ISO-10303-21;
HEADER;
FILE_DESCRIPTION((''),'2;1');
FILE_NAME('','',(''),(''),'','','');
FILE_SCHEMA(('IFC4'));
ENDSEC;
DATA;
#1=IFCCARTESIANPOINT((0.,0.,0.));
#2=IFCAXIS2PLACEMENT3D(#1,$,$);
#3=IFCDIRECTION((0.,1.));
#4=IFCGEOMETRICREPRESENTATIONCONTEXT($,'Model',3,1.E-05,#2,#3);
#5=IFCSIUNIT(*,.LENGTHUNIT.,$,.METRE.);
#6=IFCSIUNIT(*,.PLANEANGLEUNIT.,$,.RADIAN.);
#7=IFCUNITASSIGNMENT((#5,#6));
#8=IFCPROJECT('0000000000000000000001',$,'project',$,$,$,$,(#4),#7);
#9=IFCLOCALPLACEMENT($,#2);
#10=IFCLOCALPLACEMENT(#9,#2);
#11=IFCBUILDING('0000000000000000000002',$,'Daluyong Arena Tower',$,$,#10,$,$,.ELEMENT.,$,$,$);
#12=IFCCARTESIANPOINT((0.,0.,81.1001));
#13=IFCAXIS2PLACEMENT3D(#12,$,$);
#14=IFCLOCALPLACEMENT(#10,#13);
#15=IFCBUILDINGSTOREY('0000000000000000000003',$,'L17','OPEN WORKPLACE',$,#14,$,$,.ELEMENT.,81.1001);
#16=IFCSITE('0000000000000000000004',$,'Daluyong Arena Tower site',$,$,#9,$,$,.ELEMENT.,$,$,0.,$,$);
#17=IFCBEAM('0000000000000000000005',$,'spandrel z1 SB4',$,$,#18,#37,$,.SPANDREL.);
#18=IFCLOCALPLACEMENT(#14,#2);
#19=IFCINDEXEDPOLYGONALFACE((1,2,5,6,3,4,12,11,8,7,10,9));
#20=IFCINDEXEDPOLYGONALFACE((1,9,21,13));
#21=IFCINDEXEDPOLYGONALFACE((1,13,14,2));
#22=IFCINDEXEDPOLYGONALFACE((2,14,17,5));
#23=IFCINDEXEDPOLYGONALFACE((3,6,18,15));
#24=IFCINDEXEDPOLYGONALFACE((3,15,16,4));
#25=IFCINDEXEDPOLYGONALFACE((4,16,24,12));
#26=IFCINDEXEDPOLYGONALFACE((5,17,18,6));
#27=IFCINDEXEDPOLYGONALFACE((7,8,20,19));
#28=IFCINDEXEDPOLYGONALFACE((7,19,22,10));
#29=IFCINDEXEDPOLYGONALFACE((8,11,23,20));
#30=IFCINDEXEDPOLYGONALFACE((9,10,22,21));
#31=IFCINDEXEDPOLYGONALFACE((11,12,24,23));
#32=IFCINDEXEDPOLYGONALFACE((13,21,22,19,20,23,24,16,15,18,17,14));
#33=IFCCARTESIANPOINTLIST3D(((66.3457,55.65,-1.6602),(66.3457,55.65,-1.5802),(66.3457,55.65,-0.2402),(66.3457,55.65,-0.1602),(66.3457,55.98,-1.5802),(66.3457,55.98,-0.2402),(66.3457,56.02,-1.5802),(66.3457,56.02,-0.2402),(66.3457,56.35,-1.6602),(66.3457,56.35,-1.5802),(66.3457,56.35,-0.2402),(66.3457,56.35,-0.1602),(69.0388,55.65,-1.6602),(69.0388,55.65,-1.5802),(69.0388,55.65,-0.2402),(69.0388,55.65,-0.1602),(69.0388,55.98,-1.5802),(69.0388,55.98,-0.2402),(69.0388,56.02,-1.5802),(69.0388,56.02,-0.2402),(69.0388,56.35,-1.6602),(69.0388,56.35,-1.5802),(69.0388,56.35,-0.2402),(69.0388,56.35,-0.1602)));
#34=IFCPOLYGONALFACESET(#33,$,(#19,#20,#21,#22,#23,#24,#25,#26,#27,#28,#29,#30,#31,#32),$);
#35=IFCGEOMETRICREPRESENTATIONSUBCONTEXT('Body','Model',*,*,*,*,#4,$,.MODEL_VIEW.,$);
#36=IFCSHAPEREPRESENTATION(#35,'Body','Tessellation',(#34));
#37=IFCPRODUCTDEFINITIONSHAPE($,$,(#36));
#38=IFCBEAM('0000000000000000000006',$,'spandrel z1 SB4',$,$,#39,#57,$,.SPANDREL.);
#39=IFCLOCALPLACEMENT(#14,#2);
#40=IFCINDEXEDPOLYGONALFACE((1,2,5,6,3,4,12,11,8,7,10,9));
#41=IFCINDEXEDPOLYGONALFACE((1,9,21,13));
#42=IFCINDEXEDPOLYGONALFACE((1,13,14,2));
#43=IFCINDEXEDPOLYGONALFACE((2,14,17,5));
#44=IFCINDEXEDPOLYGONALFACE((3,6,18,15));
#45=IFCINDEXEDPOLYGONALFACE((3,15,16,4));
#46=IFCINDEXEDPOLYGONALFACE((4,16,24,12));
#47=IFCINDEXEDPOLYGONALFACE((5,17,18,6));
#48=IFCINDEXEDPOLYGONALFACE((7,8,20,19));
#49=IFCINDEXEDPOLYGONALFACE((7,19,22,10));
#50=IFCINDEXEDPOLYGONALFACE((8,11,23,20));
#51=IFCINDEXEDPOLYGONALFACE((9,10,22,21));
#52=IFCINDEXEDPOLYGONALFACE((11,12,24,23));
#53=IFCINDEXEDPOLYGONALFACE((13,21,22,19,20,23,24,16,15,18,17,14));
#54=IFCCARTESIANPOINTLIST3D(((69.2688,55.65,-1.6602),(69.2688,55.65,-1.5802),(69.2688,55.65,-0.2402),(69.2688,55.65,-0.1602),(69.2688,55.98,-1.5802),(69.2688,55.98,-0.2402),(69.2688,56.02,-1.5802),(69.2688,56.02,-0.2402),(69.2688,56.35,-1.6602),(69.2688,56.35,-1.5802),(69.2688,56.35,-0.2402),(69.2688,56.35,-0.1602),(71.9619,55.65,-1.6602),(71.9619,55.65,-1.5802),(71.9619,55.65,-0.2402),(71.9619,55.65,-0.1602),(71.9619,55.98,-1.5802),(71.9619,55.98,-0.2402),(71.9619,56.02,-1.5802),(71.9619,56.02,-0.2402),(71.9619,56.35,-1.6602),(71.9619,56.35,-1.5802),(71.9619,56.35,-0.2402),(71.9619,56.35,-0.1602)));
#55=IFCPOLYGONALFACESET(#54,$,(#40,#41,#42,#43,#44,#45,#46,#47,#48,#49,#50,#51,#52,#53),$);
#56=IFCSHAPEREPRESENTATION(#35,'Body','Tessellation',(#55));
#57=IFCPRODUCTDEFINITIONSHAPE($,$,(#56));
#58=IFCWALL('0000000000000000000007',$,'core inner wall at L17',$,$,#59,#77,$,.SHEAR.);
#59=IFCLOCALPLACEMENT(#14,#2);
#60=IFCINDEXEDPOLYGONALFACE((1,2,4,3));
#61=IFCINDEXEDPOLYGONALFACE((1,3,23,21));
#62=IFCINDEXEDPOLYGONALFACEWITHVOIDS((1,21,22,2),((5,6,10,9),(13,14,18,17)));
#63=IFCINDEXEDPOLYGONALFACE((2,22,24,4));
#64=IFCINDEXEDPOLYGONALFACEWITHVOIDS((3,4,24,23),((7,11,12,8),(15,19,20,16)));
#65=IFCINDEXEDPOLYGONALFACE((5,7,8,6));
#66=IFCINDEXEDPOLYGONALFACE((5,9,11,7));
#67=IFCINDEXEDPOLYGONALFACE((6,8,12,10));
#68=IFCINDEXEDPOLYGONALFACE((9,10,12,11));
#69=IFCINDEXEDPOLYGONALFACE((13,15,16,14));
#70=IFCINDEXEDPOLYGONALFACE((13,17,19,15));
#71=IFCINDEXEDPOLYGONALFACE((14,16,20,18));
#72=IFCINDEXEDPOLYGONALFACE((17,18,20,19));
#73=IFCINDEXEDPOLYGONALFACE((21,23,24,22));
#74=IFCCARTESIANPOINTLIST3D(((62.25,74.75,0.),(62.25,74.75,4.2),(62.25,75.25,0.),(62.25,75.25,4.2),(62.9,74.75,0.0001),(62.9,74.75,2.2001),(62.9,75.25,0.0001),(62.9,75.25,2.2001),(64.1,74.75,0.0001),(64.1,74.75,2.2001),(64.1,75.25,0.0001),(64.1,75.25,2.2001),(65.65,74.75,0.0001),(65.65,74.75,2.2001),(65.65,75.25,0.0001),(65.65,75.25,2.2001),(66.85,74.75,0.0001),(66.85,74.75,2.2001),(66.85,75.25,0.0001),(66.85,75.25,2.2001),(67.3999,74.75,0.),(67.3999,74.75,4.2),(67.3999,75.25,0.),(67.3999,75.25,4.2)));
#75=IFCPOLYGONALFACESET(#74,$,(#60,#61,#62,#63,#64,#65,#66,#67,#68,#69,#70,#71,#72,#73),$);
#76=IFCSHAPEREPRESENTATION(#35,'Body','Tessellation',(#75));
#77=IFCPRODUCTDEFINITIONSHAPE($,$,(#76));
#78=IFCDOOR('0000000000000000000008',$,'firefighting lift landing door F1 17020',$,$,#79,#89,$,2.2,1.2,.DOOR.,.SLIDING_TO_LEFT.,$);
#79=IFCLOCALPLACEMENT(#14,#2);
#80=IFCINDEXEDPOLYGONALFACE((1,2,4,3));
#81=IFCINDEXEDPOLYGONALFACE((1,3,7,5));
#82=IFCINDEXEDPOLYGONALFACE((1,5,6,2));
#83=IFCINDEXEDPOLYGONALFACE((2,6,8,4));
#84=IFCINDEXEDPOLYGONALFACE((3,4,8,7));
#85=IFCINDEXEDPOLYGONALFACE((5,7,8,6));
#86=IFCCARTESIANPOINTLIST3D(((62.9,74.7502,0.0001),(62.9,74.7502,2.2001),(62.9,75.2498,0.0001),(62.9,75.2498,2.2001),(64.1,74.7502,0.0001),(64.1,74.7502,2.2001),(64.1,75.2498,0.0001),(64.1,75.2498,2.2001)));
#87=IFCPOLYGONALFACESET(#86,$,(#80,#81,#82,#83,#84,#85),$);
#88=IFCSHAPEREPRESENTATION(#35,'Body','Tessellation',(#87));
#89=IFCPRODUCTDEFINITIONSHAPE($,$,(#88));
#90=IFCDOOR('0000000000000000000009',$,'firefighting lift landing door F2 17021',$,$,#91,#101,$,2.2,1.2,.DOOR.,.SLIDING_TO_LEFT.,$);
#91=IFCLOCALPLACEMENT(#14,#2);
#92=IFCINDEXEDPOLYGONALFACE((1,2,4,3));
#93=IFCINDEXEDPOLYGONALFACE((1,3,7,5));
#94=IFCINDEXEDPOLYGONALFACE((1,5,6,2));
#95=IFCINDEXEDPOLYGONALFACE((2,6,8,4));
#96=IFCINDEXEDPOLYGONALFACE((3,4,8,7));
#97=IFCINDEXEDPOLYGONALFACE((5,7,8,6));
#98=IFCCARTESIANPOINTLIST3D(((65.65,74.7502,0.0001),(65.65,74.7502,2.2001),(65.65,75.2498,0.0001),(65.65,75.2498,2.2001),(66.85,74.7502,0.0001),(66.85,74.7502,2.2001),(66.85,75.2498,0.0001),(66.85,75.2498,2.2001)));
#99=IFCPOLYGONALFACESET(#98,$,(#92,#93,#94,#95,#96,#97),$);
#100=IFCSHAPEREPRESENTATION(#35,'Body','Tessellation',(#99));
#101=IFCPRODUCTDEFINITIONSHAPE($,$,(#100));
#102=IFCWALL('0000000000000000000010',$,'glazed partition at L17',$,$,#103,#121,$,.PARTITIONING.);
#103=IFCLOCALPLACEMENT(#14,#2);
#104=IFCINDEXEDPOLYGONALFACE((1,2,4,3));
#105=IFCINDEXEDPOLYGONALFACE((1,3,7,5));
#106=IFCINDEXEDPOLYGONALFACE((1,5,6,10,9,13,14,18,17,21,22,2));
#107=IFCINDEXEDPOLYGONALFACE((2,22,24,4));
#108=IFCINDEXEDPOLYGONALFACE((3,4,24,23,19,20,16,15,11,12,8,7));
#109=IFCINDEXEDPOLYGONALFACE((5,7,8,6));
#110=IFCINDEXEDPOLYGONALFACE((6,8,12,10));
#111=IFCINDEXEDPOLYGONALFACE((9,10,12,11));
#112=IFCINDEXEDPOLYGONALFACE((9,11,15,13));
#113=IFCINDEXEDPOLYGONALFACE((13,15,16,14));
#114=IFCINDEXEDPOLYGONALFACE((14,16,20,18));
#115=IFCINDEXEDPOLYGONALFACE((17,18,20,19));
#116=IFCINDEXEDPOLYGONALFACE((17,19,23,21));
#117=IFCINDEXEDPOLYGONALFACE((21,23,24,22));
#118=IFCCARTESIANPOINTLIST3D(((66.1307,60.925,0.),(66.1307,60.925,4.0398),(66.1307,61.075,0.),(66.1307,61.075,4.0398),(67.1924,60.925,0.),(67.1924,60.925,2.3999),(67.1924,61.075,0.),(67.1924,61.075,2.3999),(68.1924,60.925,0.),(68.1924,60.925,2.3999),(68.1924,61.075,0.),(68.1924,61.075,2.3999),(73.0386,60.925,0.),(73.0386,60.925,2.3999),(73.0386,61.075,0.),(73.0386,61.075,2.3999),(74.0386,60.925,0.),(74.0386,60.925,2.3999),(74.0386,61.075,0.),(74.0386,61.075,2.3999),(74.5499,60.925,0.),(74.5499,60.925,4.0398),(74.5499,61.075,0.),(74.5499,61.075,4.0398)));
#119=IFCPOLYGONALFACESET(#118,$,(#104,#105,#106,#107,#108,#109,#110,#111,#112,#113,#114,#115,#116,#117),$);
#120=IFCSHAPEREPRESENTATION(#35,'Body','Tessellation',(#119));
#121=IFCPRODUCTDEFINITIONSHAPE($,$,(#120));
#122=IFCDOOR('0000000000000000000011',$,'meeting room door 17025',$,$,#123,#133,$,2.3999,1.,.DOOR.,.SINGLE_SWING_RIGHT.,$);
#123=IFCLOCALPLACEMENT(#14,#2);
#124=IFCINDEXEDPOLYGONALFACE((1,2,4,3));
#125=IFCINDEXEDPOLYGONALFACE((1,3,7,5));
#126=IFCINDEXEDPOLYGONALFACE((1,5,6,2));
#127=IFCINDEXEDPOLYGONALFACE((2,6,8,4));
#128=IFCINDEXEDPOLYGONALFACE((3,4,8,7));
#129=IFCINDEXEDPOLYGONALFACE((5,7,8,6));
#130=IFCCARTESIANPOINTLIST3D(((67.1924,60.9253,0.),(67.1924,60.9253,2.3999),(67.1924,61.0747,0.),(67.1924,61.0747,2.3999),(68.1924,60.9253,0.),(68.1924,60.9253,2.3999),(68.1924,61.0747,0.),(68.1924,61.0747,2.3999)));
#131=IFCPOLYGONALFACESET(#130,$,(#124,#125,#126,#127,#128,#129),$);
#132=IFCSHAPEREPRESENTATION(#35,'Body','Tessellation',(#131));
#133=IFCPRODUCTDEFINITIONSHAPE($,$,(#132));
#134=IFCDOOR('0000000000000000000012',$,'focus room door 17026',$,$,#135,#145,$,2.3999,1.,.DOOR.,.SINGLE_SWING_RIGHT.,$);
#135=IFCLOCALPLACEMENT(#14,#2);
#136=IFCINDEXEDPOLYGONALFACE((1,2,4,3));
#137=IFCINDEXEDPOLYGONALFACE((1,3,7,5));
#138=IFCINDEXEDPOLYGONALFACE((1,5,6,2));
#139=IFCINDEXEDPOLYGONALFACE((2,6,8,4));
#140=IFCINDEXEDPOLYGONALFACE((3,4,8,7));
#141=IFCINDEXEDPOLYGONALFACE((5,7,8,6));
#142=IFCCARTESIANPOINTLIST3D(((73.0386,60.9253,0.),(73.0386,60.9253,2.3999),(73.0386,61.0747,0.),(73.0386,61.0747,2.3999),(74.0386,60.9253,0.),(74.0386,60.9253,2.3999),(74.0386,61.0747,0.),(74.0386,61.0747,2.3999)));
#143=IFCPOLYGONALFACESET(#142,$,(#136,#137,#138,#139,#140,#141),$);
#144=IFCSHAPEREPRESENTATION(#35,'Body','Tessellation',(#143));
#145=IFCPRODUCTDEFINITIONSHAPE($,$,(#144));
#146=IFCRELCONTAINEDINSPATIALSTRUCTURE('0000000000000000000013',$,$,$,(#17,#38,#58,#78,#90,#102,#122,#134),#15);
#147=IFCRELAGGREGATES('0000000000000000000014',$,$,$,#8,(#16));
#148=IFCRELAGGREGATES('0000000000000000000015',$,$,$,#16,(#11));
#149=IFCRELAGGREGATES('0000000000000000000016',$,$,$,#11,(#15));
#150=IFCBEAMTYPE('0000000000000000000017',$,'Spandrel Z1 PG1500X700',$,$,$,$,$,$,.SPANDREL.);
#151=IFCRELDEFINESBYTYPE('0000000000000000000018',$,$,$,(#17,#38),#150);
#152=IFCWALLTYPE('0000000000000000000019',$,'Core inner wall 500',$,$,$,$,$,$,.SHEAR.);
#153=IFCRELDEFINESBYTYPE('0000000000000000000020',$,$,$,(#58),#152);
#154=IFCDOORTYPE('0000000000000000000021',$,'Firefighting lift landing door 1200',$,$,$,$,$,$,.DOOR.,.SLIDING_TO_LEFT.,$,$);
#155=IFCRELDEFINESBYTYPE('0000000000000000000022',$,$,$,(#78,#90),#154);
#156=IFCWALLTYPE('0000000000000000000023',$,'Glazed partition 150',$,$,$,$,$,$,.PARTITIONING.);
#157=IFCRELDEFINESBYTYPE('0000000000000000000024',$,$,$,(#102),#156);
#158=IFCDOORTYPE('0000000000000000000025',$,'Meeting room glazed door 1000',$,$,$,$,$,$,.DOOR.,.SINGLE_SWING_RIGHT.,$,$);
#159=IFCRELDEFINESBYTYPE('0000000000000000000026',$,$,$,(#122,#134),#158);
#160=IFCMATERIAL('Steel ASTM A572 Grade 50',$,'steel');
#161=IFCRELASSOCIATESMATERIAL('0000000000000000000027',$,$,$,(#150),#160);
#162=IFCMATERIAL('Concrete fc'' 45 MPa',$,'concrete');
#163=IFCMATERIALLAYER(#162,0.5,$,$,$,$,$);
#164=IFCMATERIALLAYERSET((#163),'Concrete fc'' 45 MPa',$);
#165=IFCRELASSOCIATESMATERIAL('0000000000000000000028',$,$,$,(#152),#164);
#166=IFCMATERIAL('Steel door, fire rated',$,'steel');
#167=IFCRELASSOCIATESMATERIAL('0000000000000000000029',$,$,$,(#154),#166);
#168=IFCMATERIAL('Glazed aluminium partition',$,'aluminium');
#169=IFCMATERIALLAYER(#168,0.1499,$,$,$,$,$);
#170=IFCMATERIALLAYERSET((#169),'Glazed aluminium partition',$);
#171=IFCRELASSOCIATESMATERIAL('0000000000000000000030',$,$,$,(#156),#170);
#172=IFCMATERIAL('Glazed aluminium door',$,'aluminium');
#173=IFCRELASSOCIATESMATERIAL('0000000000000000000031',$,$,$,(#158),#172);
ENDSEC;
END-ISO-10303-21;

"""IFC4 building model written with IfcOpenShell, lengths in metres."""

from ifc_helpers import new_model, si_unit, direction, frame, frame_2d, origin, origin_2d, place, context, subcontext, project, spatial, rectangle, i_section, extrude, material, layer, layer_set, material_profile, profile_set, type_object, element, fill, save


model = new_model("IFC4")

# Units and contexts
model_context = context("Model", 3, precision=1e-05, world=origin(), true_north=direction((0.0, 1.0)))
body_context = subcontext(model_context, "Body", "Model", "MODEL_VIEW")
ifc_project = project(units=[si_unit("LENGTHUNIT", "METRE"), si_unit("PLANEANGLEUNIT", "RADIAN")], contexts=[model_context])

# Site, building, storey
site_placement = place(None, origin())
site = spatial("IfcSite", under=ifc_project, at=site_placement, Name="Daluyong Arena Tower site", CompositionType="ELEMENT", RefElevation=0.0)
building_placement = place(site_placement, origin())
building = spatial("IfcBuilding", under=site, at=building_placement, Name="Daluyong Arena Tower", CompositionType="ELEMENT")
storey_placement = place(building_placement, frame((0.0, 0.0, 81.1001)))
storey = spatial("IfcBuildingStorey", under=building, at=storey_placement, Name="L17", Description="OPEN WORKPLACE", CompositionType="ELEMENT", Elevation=81.1001)

# Beams
ifc_material_1 = material(Name="Steel ASTM A572 Grade 50", Category="steel")
ifc_material_profile_1 = material_profile(ifc_material_1, i_section(OverallWidth=0.7, OverallDepth=1.5, WebThickness=0.04, FlangeThickness=0.08, at=origin_2d()))
ifc_profile_set_1 = profile_set([ifc_material_profile_1], Name="Steel ASTM A572 Grade 50")
beam_type_1 = type_object("IfcBeamType", Name="Spandrel Z1 PG1500X700", PredefinedType="SPANDREL", material=ifc_profile_set_1)
for number, where, z_axis, x_axis, name in (
    (1, (66.3457, 56.0, -0.9102), (1.0, 0.0, 0.0), (0.0, 1.0, 0.0), "spandrel z1 SB4"),
    (2, (69.2688, 56.0, -0.9102), (1.0, 0.0, 0.0), (0.0, 1.0, 0.0), "spandrel z1 SB4"),
):
    element("IfcBeam", number, at=place(storey_placement, frame(where, z_axis=z_axis, x_axis=x_axis)), inside=storey, type_object=beam_type_1, Name=name, PredefinedType="SPANDREL", context=body_context, shape_type="SweptSolid", body=[
        extrude(i_section(OverallWidth=0.7, OverallDepth=1.5, WebThickness=0.04, FlangeThickness=0.08, at=origin_2d()), origin(), (0.0, 0.0, 1.0), 2.6931),
    ])

# Shared definitions
ifc_material_2 = material(Name="Concrete fc' 45 MPa", Category="concrete")
ifc_layer_1 = layer(ifc_material_2, 0.5)
ifc_layer_set_1 = layer_set([ifc_layer_1], Name="Concrete fc' 45 MPa")
wall_type_1 = type_object("IfcWallType", Name="Core inner wall 500", PredefinedType="SHEAR", material=ifc_layer_set_1)

# Wall, openings, doors
wall_1_placement = place(storey_placement, frame((62.25, 75.0, 0.0), z_axis=(0.0, 0.0, 1.0), x_axis=(1.0, 0.0, 0.0)))
wall_1 = element("IfcWall", 3, at=wall_1_placement, inside=storey, type_object=wall_type_1, Name="core inner wall at L17", PredefinedType="SHEAR", context=body_context, shape_type="SweptSolid", body=[
    extrude(rectangle(XDim=5.1499, YDim=0.5, at=frame_2d((2.575, 0.0))), origin(), (0.0, 0.0, 1.0), 4.2),
])
opening_1_placement = place(wall_1_placement, frame((0.6499, 0.0, 0.0)))
opening_1 = element("IfcOpeningElement", 4, at=opening_1_placement, cuts=wall_1, PredefinedType="OPENING", context=body_context, shape_type="SweptSolid", body=[
    extrude(rectangle(XDim=1.2, YDim=2.2, at=frame_2d((0.6001, 1.1001))), frame((0.0, 0.26, 0.0), z_axis=(0.0, -1.0, 0.0), x_axis=(1.0, 0.0, 0.0)), (0.0, 0.0, 1.0), 0.52),
])
opening_2_placement = place(wall_1_placement, frame((3.3999, 0.0, 0.0)))
opening_2 = element("IfcOpeningElement", 5, at=opening_2_placement, cuts=wall_1, PredefinedType="OPENING", context=body_context, shape_type="SweptSolid", body=[
    extrude(rectangle(XDim=1.2, YDim=2.2, at=frame_2d((0.6001, 1.1001))), frame((0.0, 0.26, 0.0), z_axis=(0.0, -1.0, 0.0), x_axis=(1.0, 0.0, 0.0)), (0.0, 0.0, 1.0), 0.52),
])
ifc_material_3 = material(Name="Steel door, fire rated", Category="steel")
door_type_1 = type_object("IfcDoorType", Name="Firefighting lift landing door 1200", OperationType="SLIDING_TO_LEFT", PredefinedType="DOOR", material=ifc_material_3)
door_1_placement = place(opening_1_placement, origin())
door_1 = element("IfcDoor", 6, at=door_1_placement, inside=storey, type_object=door_type_1, Name="firefighting lift landing door F1 17020", OperationType="SLIDING_TO_LEFT", OverallHeight=2.2, OverallWidth=1.2, PredefinedType="DOOR", context=body_context, shape_type="SweptSolid", body=[
    extrude(rectangle(XDim=1.2, YDim=2.2, at=frame_2d((0.6001, 1.1001))), frame((0.0, 0.2498, 0.0), z_axis=(0.0, -1.0, 0.0), x_axis=(1.0, 0.0, 0.0)), (0.0, 0.0, 1.0), 0.4995),
])
fill(opening_1, door_1)
door_2_placement = place(opening_2_placement, origin())
door_2 = element("IfcDoor", 7, at=door_2_placement, inside=storey, type_object=door_type_1, Name="firefighting lift landing door F2 17021", OperationType="SLIDING_TO_LEFT", OverallHeight=2.2, OverallWidth=1.2, PredefinedType="DOOR", context=body_context, shape_type="SweptSolid", body=[
    extrude(rectangle(XDim=1.2, YDim=2.2, at=frame_2d((0.6001, 1.1001))), frame((0.0, 0.2498, 0.0), z_axis=(0.0, -1.0, 0.0), x_axis=(1.0, 0.0, 0.0)), (0.0, 0.0, 1.0), 0.4995),
])
fill(opening_2, door_2)

# Wall, openings, doors
ifc_material_4 = material(Name="Glazed aluminium partition", Category="aluminium")
ifc_layer_2 = layer(ifc_material_4, 0.1499)
ifc_layer_set_2 = layer_set([ifc_layer_2], Name="Glazed aluminium partition")
wall_type_2 = type_object("IfcWallType", Name="Glazed partition 150", PredefinedType="PARTITIONING", material=ifc_layer_set_2)
wall_2_placement = place(storey_placement, frame((66.1309, 61.0, 0.0), z_axis=(0.0, 0.0, 1.0), x_axis=(1.0, 0.0, 0.0)))
wall_2 = element("IfcWall", 8, at=wall_2_placement, inside=storey, type_object=wall_type_2, Name="glazed partition at L17", PredefinedType="PARTITIONING", context=body_context, shape_type="SweptSolid", body=[
    extrude(rectangle(XDim=8.4192, YDim=0.1499, at=frame_2d((4.2095, 0.0))), origin(), (0.0, 0.0, 1.0), 4.0398),
])
opening_3_placement = place(wall_2_placement, frame((1.0615, 0.0, 0.0)))
opening_3 = element("IfcOpeningElement", 9, at=opening_3_placement, cuts=wall_2, PredefinedType="OPENING", context=body_context, shape_type="SweptSolid", body=[
    extrude(rectangle(XDim=1.0, YDim=2.3999, at=frame_2d((0.5, 1.2))), frame((0.0, 0.085, 0.0), z_axis=(0.0, -1.0, 0.0), x_axis=(1.0, 0.0, 0.0)), (0.0, 0.0, 1.0), 0.1699),
])
opening_4_placement = place(wall_2_placement, frame((6.9077, 0.0, 0.0)))
opening_4 = element("IfcOpeningElement", 10, at=opening_4_placement, cuts=wall_2, PredefinedType="OPENING", context=body_context, shape_type="SweptSolid", body=[
    extrude(rectangle(XDim=1.0, YDim=2.3999, at=frame_2d((0.5, 1.2))), frame((0.0, 0.085, 0.0), z_axis=(0.0, -1.0, 0.0), x_axis=(1.0, 0.0, 0.0)), (0.0, 0.0, 1.0), 0.1699),
])
ifc_material_5 = material(Name="Glazed aluminium door", Category="aluminium")
door_type_2 = type_object("IfcDoorType", Name="Meeting room glazed door 1000", OperationType="SINGLE_SWING_RIGHT", PredefinedType="DOOR", material=ifc_material_5)
door_3_placement = place(opening_3_placement, origin())
door_3 = element("IfcDoor", 11, at=door_3_placement, inside=storey, type_object=door_type_2, Name="meeting room door 17025", OperationType="SINGLE_SWING_RIGHT", OverallHeight=2.3999, OverallWidth=1.0, PredefinedType="DOOR", context=body_context, shape_type="SweptSolid", body=[
    extrude(rectangle(XDim=1.0, YDim=2.3999, at=frame_2d((0.5, 1.2))), frame((0.0, 0.0747, 0.0), z_axis=(0.0, -1.0, 0.0), x_axis=(1.0, 0.0, 0.0)), (0.0, 0.0, 1.0), 0.1494),
])
fill(opening_3, door_3)
door_4_placement = place(opening_4_placement, origin())
door_4 = element("IfcDoor", 12, at=door_4_placement, inside=storey, type_object=door_type_2, Name="focus room door 17026", OperationType="SINGLE_SWING_RIGHT", OverallHeight=2.3999, OverallWidth=1.0, PredefinedType="DOOR", context=body_context, shape_type="SweptSolid", body=[
    extrude(rectangle(XDim=1.0, YDim=2.3999, at=frame_2d((0.5, 1.2))), frame((0.0, 0.0747, 0.0), z_axis=(0.0, -1.0, 0.0), x_axis=(1.0, 0.0, 0.0)), (0.0, 0.0, 1.0), 0.1494),
])
fill(opening_4, door_4)

save(model, "model.ifc")
